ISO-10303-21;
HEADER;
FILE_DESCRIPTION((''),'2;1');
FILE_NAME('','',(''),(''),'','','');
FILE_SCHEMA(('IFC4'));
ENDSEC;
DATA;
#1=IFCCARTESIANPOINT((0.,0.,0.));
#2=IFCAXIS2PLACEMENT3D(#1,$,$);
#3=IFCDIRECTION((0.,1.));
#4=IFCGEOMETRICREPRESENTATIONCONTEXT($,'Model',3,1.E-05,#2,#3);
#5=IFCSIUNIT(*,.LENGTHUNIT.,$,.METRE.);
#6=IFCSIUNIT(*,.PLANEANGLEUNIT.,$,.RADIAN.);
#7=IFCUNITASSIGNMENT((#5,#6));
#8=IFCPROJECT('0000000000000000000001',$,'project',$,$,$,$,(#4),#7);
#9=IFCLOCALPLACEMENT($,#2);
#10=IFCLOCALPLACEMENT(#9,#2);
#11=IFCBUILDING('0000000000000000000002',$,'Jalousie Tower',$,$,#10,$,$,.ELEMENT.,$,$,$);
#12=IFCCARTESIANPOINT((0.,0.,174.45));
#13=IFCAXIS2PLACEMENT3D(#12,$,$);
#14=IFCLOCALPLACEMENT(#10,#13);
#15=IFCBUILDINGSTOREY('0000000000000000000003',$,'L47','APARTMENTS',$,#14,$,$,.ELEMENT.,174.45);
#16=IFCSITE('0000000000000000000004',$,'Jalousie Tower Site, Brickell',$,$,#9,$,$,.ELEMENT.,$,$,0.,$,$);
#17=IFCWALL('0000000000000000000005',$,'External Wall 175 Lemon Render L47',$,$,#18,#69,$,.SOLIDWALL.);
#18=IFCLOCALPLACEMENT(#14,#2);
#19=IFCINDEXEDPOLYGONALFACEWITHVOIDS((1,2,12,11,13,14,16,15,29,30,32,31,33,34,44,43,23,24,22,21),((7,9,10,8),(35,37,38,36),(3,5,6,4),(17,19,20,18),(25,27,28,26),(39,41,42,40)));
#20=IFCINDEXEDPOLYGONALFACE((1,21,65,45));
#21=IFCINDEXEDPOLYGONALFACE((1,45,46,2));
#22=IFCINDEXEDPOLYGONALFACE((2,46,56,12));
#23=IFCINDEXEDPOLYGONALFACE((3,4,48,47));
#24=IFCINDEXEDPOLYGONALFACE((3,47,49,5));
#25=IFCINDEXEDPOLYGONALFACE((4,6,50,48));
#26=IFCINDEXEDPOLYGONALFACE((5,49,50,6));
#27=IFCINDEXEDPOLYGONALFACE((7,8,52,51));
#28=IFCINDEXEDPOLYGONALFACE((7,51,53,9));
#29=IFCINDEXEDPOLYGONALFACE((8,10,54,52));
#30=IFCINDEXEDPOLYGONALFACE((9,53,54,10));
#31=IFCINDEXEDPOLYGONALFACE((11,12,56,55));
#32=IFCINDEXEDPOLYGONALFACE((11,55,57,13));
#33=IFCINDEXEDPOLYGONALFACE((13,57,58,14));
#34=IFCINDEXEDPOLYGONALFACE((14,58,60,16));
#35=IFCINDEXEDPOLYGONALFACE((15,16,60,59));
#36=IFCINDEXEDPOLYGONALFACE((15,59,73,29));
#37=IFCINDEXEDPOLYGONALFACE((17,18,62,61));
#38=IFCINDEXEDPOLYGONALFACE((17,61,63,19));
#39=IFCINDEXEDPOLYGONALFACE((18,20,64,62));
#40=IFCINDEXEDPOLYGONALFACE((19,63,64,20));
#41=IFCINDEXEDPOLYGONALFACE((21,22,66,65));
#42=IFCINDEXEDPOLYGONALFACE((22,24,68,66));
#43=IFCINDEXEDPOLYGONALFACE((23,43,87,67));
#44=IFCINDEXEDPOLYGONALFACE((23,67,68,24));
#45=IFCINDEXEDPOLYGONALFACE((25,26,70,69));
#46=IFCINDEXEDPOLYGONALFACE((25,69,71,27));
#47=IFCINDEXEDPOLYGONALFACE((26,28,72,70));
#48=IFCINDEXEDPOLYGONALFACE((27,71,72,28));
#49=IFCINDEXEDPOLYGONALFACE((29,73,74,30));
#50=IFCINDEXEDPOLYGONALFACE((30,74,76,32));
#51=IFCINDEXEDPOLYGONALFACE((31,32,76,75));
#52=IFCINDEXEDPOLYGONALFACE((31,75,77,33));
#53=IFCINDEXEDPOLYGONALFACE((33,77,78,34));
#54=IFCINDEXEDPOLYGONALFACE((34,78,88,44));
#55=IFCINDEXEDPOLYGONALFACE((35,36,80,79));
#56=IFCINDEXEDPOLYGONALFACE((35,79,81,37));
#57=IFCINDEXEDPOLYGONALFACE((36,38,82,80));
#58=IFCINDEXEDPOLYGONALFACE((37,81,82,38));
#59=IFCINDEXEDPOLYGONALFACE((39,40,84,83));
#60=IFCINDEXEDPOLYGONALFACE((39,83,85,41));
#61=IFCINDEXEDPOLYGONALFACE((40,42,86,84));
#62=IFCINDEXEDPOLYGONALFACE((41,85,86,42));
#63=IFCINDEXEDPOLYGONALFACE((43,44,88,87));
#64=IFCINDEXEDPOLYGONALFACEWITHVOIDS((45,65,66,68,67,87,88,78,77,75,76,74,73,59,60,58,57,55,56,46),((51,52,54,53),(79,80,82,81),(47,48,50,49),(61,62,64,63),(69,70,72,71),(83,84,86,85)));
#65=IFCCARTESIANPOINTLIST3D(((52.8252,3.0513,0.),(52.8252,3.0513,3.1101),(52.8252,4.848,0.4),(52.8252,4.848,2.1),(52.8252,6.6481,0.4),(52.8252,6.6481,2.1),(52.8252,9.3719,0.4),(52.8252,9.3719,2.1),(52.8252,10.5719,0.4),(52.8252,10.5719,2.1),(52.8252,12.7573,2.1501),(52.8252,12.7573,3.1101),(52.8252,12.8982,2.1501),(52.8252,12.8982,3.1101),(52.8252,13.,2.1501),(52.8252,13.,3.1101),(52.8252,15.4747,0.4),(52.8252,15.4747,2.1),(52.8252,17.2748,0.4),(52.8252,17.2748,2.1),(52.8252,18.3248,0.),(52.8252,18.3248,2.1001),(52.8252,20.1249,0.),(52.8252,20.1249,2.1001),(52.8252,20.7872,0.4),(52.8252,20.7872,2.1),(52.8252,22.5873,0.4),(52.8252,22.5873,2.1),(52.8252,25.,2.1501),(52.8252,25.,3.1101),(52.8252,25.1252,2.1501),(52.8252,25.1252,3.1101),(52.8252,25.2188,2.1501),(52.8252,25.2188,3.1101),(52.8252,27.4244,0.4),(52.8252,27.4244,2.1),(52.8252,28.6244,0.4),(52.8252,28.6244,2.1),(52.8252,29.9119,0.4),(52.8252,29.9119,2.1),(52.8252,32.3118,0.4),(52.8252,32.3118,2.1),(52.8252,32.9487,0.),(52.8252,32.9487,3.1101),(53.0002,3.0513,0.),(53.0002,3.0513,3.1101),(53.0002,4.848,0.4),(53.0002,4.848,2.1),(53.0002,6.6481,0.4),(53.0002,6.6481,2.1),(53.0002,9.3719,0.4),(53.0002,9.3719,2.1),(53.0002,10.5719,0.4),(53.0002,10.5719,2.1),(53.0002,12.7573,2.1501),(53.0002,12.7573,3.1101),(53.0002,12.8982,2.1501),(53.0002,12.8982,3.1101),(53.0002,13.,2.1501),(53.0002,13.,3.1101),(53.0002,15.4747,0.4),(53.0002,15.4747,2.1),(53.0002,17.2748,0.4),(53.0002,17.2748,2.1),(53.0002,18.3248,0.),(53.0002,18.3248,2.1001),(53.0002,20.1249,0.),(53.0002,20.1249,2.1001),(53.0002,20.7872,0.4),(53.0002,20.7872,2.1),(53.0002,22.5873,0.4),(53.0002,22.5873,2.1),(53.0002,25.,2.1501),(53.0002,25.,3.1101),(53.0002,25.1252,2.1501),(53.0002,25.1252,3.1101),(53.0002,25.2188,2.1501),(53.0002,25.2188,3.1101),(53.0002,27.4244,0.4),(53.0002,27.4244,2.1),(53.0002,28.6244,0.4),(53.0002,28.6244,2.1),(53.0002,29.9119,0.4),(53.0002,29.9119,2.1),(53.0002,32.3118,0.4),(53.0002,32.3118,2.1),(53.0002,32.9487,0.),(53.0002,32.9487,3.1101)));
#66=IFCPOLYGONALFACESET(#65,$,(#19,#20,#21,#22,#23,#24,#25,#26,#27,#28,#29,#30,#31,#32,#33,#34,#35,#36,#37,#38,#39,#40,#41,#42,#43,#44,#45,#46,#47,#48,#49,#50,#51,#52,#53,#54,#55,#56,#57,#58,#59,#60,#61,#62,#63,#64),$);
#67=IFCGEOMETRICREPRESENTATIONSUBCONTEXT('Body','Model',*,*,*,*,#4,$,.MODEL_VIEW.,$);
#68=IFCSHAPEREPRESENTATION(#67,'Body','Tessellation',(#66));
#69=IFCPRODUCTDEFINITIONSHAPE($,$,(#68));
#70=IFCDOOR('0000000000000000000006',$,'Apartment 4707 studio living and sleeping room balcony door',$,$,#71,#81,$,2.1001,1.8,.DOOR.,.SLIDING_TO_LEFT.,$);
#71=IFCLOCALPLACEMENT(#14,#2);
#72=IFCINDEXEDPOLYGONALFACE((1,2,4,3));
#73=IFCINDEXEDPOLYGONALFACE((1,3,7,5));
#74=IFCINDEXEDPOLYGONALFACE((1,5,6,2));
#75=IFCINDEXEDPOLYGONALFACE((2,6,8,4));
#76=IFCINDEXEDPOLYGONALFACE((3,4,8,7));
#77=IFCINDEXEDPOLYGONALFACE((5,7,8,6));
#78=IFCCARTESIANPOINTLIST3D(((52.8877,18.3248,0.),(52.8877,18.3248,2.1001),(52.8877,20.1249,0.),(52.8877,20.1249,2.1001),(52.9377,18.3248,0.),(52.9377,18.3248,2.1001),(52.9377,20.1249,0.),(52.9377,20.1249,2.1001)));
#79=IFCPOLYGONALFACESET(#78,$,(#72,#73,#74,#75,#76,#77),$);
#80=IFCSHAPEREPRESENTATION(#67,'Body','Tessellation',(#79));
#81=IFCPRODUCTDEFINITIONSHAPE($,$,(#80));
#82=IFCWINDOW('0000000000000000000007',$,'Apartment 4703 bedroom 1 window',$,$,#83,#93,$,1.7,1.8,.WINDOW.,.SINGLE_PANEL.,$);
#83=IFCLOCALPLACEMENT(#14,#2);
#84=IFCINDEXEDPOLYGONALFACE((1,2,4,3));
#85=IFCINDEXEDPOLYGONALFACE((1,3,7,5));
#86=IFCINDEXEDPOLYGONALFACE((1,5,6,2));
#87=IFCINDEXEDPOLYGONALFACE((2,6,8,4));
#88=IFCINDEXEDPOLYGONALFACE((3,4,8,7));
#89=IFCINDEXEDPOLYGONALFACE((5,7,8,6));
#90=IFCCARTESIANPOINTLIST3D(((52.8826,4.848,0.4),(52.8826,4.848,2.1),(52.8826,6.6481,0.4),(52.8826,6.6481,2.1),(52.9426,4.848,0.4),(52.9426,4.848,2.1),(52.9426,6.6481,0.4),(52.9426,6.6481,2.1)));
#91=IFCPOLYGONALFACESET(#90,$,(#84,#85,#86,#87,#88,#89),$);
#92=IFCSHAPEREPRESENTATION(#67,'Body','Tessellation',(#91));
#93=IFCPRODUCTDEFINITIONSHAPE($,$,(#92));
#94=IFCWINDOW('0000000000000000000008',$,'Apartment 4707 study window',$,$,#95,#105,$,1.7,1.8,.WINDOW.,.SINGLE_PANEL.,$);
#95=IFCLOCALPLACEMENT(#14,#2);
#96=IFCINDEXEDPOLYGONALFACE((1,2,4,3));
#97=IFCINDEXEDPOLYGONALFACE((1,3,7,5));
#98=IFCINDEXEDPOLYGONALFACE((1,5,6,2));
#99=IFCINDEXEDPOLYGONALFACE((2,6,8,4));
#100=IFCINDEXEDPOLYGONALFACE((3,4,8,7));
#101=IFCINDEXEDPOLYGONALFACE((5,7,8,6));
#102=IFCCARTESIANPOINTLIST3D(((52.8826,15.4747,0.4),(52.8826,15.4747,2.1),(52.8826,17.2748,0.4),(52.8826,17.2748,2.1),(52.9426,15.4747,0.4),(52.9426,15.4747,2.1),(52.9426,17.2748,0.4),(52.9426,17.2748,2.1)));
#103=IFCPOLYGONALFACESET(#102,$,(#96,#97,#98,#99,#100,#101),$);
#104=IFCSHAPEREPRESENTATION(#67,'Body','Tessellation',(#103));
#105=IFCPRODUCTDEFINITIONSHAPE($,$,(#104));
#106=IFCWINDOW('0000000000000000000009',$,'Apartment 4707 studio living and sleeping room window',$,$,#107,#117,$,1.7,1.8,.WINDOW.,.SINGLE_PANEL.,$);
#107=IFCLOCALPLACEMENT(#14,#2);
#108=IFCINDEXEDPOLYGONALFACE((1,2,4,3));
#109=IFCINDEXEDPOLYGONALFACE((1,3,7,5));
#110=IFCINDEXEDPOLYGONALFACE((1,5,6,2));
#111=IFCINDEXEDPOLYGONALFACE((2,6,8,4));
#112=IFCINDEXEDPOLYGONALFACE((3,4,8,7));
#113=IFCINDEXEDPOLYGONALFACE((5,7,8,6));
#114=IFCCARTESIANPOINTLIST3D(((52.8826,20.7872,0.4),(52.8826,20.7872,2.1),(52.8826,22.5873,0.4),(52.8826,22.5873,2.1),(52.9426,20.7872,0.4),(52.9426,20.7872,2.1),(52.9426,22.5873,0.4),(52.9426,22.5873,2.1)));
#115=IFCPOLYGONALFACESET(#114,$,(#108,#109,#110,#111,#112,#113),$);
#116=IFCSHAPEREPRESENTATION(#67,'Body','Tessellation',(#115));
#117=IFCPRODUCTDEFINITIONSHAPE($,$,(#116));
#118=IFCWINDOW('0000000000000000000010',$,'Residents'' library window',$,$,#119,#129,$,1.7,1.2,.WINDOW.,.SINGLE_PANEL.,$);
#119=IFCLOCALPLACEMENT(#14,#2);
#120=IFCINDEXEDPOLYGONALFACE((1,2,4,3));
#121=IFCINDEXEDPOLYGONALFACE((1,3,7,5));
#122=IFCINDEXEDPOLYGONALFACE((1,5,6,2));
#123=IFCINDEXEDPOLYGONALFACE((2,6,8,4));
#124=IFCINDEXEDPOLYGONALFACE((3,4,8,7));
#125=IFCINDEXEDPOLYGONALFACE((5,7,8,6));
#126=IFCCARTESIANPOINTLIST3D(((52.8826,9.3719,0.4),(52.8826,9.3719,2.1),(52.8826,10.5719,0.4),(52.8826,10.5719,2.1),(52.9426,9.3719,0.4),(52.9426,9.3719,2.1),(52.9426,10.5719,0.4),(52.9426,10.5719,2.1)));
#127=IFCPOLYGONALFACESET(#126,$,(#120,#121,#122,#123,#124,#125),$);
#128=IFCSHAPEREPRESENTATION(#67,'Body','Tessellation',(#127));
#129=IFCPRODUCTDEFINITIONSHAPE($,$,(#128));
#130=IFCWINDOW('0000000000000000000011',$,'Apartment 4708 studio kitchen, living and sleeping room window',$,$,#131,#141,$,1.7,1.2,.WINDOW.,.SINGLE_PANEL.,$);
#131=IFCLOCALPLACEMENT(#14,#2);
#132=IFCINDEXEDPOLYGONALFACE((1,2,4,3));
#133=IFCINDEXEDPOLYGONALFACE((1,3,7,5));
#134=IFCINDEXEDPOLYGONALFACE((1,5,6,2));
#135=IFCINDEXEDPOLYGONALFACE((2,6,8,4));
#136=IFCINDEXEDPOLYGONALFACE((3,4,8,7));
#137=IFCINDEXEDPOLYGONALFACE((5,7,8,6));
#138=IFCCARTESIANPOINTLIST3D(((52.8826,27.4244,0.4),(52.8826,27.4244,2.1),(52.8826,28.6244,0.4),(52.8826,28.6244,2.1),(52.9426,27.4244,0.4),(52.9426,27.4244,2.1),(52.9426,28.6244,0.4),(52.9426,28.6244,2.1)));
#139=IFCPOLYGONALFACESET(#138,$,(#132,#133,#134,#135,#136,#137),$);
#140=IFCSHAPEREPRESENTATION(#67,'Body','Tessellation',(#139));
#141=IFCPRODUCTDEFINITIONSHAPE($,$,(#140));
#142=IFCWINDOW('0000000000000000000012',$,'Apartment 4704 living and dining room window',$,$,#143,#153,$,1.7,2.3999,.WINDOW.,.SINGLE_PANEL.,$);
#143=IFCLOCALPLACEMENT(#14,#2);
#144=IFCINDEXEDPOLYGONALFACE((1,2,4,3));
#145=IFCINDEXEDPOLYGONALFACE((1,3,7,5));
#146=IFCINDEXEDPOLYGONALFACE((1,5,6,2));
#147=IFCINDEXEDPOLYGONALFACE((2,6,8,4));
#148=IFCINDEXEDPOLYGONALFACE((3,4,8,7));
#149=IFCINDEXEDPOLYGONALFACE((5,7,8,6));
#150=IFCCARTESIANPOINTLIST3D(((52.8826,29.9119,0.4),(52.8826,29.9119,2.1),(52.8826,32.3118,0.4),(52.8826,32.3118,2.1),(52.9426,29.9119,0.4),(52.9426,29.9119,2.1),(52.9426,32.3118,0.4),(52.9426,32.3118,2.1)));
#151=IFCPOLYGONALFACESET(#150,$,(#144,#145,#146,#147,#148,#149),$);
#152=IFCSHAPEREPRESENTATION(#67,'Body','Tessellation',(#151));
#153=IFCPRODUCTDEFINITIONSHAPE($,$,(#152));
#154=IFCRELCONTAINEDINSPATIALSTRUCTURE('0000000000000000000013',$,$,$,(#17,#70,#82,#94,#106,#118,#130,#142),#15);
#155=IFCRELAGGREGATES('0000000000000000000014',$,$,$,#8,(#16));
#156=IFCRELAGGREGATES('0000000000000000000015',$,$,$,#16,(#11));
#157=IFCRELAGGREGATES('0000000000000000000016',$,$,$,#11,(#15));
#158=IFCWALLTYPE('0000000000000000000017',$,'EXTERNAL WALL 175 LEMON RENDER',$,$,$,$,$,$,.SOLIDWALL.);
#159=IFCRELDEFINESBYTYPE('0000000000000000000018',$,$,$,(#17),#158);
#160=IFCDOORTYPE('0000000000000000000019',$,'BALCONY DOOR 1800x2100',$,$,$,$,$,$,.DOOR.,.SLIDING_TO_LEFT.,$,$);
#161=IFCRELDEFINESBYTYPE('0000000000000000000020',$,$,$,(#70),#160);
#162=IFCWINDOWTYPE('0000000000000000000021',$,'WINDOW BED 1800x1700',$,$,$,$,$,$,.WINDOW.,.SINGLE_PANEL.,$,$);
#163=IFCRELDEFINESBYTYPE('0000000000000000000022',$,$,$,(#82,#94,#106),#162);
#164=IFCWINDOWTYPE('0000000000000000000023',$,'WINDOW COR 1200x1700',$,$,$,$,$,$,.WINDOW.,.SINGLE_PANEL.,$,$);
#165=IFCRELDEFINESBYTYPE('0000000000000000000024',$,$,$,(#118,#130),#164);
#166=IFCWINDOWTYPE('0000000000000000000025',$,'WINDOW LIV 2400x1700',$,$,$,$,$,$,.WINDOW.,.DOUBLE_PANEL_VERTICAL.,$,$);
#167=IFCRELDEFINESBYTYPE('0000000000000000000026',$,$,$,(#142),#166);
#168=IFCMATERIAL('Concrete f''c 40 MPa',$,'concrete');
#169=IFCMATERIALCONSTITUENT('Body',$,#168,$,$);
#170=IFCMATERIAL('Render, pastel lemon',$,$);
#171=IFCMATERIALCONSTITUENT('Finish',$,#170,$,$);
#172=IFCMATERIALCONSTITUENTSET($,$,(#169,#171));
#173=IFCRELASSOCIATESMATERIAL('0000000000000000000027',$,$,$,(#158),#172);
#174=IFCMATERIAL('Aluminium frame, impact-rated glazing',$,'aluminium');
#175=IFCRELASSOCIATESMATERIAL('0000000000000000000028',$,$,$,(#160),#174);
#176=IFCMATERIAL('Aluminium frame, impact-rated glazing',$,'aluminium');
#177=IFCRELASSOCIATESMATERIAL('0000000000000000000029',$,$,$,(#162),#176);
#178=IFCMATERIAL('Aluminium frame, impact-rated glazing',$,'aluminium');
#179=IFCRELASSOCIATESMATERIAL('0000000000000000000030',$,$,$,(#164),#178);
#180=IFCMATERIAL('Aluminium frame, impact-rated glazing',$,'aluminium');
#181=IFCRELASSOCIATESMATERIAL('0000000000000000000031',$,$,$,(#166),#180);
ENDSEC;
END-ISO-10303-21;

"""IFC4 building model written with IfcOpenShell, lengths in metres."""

from ifc_helpers import new_model, si_unit, direction, frame, frame_2d, origin, place, context, subcontext, project, spatial, polyline, rectangle, outline, extrude, material, constituent, constituent_set, type_object, element, fill, save


model = new_model("IFC4")

# Units and contexts
model_context = context("Model", 3, precision=1e-05, world=origin(), true_north=direction((0.0, 1.0)))
body_context = subcontext(model_context, "Body", "Model", "MODEL_VIEW")
ifc_project = project(units=[si_unit("LENGTHUNIT", "METRE"), si_unit("PLANEANGLEUNIT", "RADIAN")], contexts=[model_context])

# Site, building, storey
site_placement = place(None, origin())
site = spatial("IfcSite", under=ifc_project, at=site_placement, Name="Jalousie Tower Site, Brickell", CompositionType="ELEMENT", RefElevation=0.0)
building_placement = place(site_placement, origin())
building = spatial("IfcBuilding", under=site, at=building_placement, Name="Jalousie Tower", CompositionType="ELEMENT")
storey_placement = place(building_placement, frame((0.0, 0.0, 174.45)))
storey = spatial("IfcBuildingStorey", under=building, at=storey_placement, Name="L47", Description="APARTMENTS", CompositionType="ELEMENT", Elevation=174.45)

# Wall, openings, door, windows
ifc_material_1 = material(Name="Concrete f'c 40 MPa", Category="concrete")
ifc_constituent_1 = constituent(ifc_material_1, Name="Body")
ifc_material_2 = material(Name="Render, pastel lemon")
ifc_constituent_2 = constituent(ifc_material_2, Name="Finish")
ifc_constituent_set = constituent_set(constituents=[ifc_constituent_1, ifc_constituent_2])
wall_type = type_object("IfcWallType", Name="EXTERNAL WALL 175 LEMON RENDER", PredefinedType="SOLIDWALL", material=ifc_constituent_set)
wall_placement = place(storey_placement, frame((52.9126, 3.0513, 0.0), z_axis=(0.0, 0.0, 1.0), x_axis=(0.0, 1.0, 0.0)))
wall = element("IfcWall", 1, at=wall_placement, inside=storey, type_object=wall_type, Name="External Wall 175 Lemon Render L47", PredefinedType="SOLIDWALL", context=body_context, shape_type="SweptSolid", body=[
    extrude(outline(polyline([(0.0, 0.0), (29.8975, 0.0), (29.8975, 3.1101), (22.1675, 3.1101), (22.1675, 2.1501), (22.074, 2.1501), (22.074, 3.1101), (21.9487, 3.1101), (21.9487, 2.1501), (9.9487, 2.1501), (9.9487, 3.1101), (9.8469, 3.1101), (9.8469, 2.1501), (9.7061, 2.1501), (9.7061, 3.1101), (0.0, 3.1101), (0.0, 0.0)])), frame((0.0, 0.0874, 0.0), z_axis=(0.0, -1.0, 0.0), x_axis=(1.0, 0.0, 0.0)), (0.0, 0.0, 1.0), 0.175),
])
opening_1_placement = place(wall_placement, frame((1.7969, 0.0, 0.3999)))
opening_1 = element("IfcOpeningElement", 2, at=opening_1_placement, cuts=wall, PredefinedType="OPENING", context=body_context, shape_type="SweptSolid", body=[
    extrude(rectangle(XDim=1.8, YDim=1.7, at=frame_2d((0.8999, 0.8501))), frame((0.0, 0.0974, 0.0), z_axis=(0.0, -1.0, 0.0), x_axis=(1.0, 0.0, 0.0)), (0.0, 0.0, 1.0), 0.1951),
])
opening_2_placement = place(wall_placement, frame((6.3206, 0.0, 0.3999)))
opening_2 = element("IfcOpeningElement", 3, at=opening_2_placement, cuts=wall, PredefinedType="OPENING", context=body_context, shape_type="SweptSolid", body=[
    extrude(rectangle(XDim=1.2, YDim=1.7, at=frame_2d((0.6001, 0.8501))), frame((0.0, 0.0974, 0.0), z_axis=(0.0, -1.0, 0.0), x_axis=(1.0, 0.0, 0.0)), (0.0, 0.0, 1.0), 0.1951),
])
opening_3_placement = place(wall_placement, frame((12.4236, 0.0, 0.3999)))
opening_3 = element("IfcOpeningElement", 4, at=opening_3_placement, cuts=wall, PredefinedType="OPENING", context=body_context, shape_type="SweptSolid", body=[
    extrude(rectangle(XDim=1.8, YDim=1.7, at=frame_2d((0.8999, 0.8501))), frame((0.0, 0.0974, 0.0), z_axis=(0.0, -1.0, 0.0), x_axis=(1.0, 0.0, 0.0)), (0.0, 0.0, 1.0), 0.1951),
])
opening_4_placement = place(wall_placement, frame((15.2737, 0.0, 0.0)))
opening_4 = element("IfcOpeningElement", 5, at=opening_4_placement, cuts=wall, PredefinedType="OPENING", context=body_context, shape_type="SweptSolid", body=[
    extrude(rectangle(XDim=1.8, YDim=2.1001, at=frame_2d((0.8999, 1.05))), frame((0.0, 0.0974, 0.0), z_axis=(0.0, -1.0, 0.0), x_axis=(1.0, 0.0, 0.0)), (0.0, 0.0, 1.0), 0.1951),
])
opening_5_placement = place(wall_placement, frame((17.7361, 0.0, 0.3999)))
opening_5 = element("IfcOpeningElement", 6, at=opening_5_placement, cuts=wall, PredefinedType="OPENING", context=body_context, shape_type="SweptSolid", body=[
    extrude(rectangle(XDim=1.8, YDim=1.7, at=frame_2d((0.8999, 0.8501))), frame((0.0, 0.0974, 0.0), z_axis=(0.0, -1.0, 0.0), x_axis=(1.0, 0.0, 0.0)), (0.0, 0.0, 1.0), 0.1951),
])
opening_6_placement = place(wall_placement, frame((24.373, 0.0, 0.3999)))
opening_6 = element("IfcOpeningElement", 7, at=opening_6_placement, cuts=wall, PredefinedType="OPENING", context=body_context, shape_type="SweptSolid", body=[
    extrude(rectangle(XDim=1.2, YDim=1.7, at=frame_2d((0.6001, 0.8501))), frame((0.0, 0.0974, 0.0), z_axis=(0.0, -1.0, 0.0), x_axis=(1.0, 0.0, 0.0)), (0.0, 0.0, 1.0), 0.1951),
])
opening_7_placement = place(wall_placement, frame((26.8606, 0.0, 0.3999)))
opening_7 = element("IfcOpeningElement", 8, at=opening_7_placement, cuts=wall, PredefinedType="OPENING", context=body_context, shape_type="SweptSolid", body=[
    extrude(rectangle(XDim=2.3999, YDim=1.7, at=frame_2d((1.2, 0.8501))), frame((0.0, 0.0974, 0.0), z_axis=(0.0, -1.0, 0.0), x_axis=(1.0, 0.0, 0.0)), (0.0, 0.0, 1.0), 0.1951),
])
ifc_material_3 = material(Name="Aluminium frame, impact-rated glazing", Category="aluminium")
door_type = type_object("IfcDoorType", Name="BALCONY DOOR 1800x2100", OperationType="SLIDING_TO_LEFT", PredefinedType="DOOR", material=ifc_material_3)
door_placement = place(opening_4_placement, origin())
door = element("IfcDoor", 9, at=door_placement, inside=storey, type_object=door_type, Name="Apartment 4707 studio living and sleeping room balcony door", OperationType="SLIDING_TO_LEFT", OverallHeight=2.1001, OverallWidth=1.8, PredefinedType="DOOR", context=body_context, shape_type="SweptSolid", body=[
    extrude(rectangle(XDim=1.8, YDim=2.1001, at=frame_2d((0.8999, 1.05))), frame((0.0, 0.0249, 0.0), z_axis=(0.0, -1.0, 0.0), x_axis=(1.0, 0.0, 0.0)), (0.0, 0.0, 1.0), 0.05),
])
fill(opening_4, door)
ifc_material_4 = material(Name="Aluminium frame, impact-rated glazing", Category="aluminium")
window_type_1 = type_object("IfcWindowType", Name="WINDOW BED 1800x1700", PartitioningType="SINGLE_PANEL", PredefinedType="WINDOW", material=ifc_material_4)
window_1_placement = place(opening_1_placement, origin())
window_1 = element("IfcWindow", 10, at=window_1_placement, inside=storey, type_object=window_type_1, Name="Apartment 4703 bedroom 1 window", OverallHeight=1.7, OverallWidth=1.8, PartitioningType="SINGLE_PANEL", PredefinedType="WINDOW", context=body_context, shape_type="SweptSolid", body=[
    extrude(rectangle(XDim=1.8, YDim=1.7, at=frame_2d((0.8999, 0.8501))), frame((0.0, 0.03, 0.0), z_axis=(0.0, -1.0, 0.0), x_axis=(1.0, 0.0, 0.0)), (0.0, 0.0, 1.0), 0.0601),
])
fill(opening_1, window_1)
window_2_placement = place(opening_3_placement, origin())
window_2 = element("IfcWindow", 11, at=window_2_placement, inside=storey, type_object=window_type_1, Name="Apartment 4707 study window", OverallHeight=1.7, OverallWidth=1.8, PartitioningType="SINGLE_PANEL", PredefinedType="WINDOW", context=body_context, shape_type="SweptSolid", body=[
    extrude(rectangle(XDim=1.8, YDim=1.7, at=frame_2d((0.8999, 0.8501))), frame((0.0, 0.03, 0.0), z_axis=(0.0, -1.0, 0.0), x_axis=(1.0, 0.0, 0.0)), (0.0, 0.0, 1.0), 0.0601),
])
fill(opening_3, window_2)
window_3_placement = place(opening_5_placement, origin())
window_3 = element("IfcWindow", 12, at=window_3_placement, inside=storey, type_object=window_type_1, Name="Apartment 4707 studio living and sleeping room window", OverallHeight=1.7, OverallWidth=1.8, PartitioningType="SINGLE_PANEL", PredefinedType="WINDOW", context=body_context, shape_type="SweptSolid", body=[
    extrude(rectangle(XDim=1.8, YDim=1.7, at=frame_2d((0.8999, 0.8501))), frame((0.0, 0.03, 0.0), z_axis=(0.0, -1.0, 0.0), x_axis=(1.0, 0.0, 0.0)), (0.0, 0.0, 1.0), 0.0601),
])
fill(opening_5, window_3)
ifc_material_5 = material(Name="Aluminium frame, impact-rated glazing", Category="aluminium")
window_type_2 = type_object("IfcWindowType", Name="WINDOW COR 1200x1700", PartitioningType="SINGLE_PANEL", PredefinedType="WINDOW", material=ifc_material_5)
window_4_placement = place(opening_2_placement, origin())
window_4 = element("IfcWindow", 13, at=window_4_placement, inside=storey, type_object=window_type_2, Name="Residents' library window", OverallHeight=1.7, OverallWidth=1.2, PartitioningType="SINGLE_PANEL", PredefinedType="WINDOW", context=body_context, shape_type="SweptSolid", body=[
    extrude(rectangle(XDim=1.2, YDim=1.7, at=frame_2d((0.6001, 0.8501))), frame((0.0, 0.03, 0.0), z_axis=(0.0, -1.0, 0.0), x_axis=(1.0, 0.0, 0.0)), (0.0, 0.0, 1.0), 0.0601),
])
fill(opening_2, window_4)
window_5_placement = place(opening_6_placement, origin())
window_5 = element("IfcWindow", 14, at=window_5_placement, inside=storey, type_object=window_type_2, Name="Apartment 4708 studio kitchen, living and sleeping room window", OverallHeight=1.7, OverallWidth=1.2, PartitioningType="SINGLE_PANEL", PredefinedType="WINDOW", context=body_context, shape_type="SweptSolid", body=[
    extrude(rectangle(XDim=1.2, YDim=1.7, at=frame_2d((0.6001, 0.8501))), frame((0.0, 0.03, 0.0), z_axis=(0.0, -1.0, 0.0), x_axis=(1.0, 0.0, 0.0)), (0.0, 0.0, 1.0), 0.0601),
])
fill(opening_6, window_5)
ifc_material_6 = material(Name="Aluminium frame, impact-rated glazing", Category="aluminium")
window_type_3 = type_object("IfcWindowType", Name="WINDOW LIV 2400x1700", PartitioningType="DOUBLE_PANEL_VERTICAL", PredefinedType="WINDOW", material=ifc_material_6)
window_6_placement = place(opening_7_placement, origin())
window_6 = element("IfcWindow", 15, at=window_6_placement, inside=storey, type_object=window_type_3, Name="Apartment 4704 living and dining room window", OverallHeight=1.7, OverallWidth=2.3999, PartitioningType="SINGLE_PANEL", PredefinedType="WINDOW", context=body_context, shape_type="SweptSolid", body=[
    extrude(rectangle(XDim=2.3999, YDim=1.7, at=frame_2d((1.2, 0.8501))), frame((0.0, 0.03, 0.0), z_axis=(0.0, -1.0, 0.0), x_axis=(1.0, 0.0, 0.0)), (0.0, 0.0, 1.0), 0.0601),
])
fill(opening_7, window_6)

save(model, "model.ifc")
